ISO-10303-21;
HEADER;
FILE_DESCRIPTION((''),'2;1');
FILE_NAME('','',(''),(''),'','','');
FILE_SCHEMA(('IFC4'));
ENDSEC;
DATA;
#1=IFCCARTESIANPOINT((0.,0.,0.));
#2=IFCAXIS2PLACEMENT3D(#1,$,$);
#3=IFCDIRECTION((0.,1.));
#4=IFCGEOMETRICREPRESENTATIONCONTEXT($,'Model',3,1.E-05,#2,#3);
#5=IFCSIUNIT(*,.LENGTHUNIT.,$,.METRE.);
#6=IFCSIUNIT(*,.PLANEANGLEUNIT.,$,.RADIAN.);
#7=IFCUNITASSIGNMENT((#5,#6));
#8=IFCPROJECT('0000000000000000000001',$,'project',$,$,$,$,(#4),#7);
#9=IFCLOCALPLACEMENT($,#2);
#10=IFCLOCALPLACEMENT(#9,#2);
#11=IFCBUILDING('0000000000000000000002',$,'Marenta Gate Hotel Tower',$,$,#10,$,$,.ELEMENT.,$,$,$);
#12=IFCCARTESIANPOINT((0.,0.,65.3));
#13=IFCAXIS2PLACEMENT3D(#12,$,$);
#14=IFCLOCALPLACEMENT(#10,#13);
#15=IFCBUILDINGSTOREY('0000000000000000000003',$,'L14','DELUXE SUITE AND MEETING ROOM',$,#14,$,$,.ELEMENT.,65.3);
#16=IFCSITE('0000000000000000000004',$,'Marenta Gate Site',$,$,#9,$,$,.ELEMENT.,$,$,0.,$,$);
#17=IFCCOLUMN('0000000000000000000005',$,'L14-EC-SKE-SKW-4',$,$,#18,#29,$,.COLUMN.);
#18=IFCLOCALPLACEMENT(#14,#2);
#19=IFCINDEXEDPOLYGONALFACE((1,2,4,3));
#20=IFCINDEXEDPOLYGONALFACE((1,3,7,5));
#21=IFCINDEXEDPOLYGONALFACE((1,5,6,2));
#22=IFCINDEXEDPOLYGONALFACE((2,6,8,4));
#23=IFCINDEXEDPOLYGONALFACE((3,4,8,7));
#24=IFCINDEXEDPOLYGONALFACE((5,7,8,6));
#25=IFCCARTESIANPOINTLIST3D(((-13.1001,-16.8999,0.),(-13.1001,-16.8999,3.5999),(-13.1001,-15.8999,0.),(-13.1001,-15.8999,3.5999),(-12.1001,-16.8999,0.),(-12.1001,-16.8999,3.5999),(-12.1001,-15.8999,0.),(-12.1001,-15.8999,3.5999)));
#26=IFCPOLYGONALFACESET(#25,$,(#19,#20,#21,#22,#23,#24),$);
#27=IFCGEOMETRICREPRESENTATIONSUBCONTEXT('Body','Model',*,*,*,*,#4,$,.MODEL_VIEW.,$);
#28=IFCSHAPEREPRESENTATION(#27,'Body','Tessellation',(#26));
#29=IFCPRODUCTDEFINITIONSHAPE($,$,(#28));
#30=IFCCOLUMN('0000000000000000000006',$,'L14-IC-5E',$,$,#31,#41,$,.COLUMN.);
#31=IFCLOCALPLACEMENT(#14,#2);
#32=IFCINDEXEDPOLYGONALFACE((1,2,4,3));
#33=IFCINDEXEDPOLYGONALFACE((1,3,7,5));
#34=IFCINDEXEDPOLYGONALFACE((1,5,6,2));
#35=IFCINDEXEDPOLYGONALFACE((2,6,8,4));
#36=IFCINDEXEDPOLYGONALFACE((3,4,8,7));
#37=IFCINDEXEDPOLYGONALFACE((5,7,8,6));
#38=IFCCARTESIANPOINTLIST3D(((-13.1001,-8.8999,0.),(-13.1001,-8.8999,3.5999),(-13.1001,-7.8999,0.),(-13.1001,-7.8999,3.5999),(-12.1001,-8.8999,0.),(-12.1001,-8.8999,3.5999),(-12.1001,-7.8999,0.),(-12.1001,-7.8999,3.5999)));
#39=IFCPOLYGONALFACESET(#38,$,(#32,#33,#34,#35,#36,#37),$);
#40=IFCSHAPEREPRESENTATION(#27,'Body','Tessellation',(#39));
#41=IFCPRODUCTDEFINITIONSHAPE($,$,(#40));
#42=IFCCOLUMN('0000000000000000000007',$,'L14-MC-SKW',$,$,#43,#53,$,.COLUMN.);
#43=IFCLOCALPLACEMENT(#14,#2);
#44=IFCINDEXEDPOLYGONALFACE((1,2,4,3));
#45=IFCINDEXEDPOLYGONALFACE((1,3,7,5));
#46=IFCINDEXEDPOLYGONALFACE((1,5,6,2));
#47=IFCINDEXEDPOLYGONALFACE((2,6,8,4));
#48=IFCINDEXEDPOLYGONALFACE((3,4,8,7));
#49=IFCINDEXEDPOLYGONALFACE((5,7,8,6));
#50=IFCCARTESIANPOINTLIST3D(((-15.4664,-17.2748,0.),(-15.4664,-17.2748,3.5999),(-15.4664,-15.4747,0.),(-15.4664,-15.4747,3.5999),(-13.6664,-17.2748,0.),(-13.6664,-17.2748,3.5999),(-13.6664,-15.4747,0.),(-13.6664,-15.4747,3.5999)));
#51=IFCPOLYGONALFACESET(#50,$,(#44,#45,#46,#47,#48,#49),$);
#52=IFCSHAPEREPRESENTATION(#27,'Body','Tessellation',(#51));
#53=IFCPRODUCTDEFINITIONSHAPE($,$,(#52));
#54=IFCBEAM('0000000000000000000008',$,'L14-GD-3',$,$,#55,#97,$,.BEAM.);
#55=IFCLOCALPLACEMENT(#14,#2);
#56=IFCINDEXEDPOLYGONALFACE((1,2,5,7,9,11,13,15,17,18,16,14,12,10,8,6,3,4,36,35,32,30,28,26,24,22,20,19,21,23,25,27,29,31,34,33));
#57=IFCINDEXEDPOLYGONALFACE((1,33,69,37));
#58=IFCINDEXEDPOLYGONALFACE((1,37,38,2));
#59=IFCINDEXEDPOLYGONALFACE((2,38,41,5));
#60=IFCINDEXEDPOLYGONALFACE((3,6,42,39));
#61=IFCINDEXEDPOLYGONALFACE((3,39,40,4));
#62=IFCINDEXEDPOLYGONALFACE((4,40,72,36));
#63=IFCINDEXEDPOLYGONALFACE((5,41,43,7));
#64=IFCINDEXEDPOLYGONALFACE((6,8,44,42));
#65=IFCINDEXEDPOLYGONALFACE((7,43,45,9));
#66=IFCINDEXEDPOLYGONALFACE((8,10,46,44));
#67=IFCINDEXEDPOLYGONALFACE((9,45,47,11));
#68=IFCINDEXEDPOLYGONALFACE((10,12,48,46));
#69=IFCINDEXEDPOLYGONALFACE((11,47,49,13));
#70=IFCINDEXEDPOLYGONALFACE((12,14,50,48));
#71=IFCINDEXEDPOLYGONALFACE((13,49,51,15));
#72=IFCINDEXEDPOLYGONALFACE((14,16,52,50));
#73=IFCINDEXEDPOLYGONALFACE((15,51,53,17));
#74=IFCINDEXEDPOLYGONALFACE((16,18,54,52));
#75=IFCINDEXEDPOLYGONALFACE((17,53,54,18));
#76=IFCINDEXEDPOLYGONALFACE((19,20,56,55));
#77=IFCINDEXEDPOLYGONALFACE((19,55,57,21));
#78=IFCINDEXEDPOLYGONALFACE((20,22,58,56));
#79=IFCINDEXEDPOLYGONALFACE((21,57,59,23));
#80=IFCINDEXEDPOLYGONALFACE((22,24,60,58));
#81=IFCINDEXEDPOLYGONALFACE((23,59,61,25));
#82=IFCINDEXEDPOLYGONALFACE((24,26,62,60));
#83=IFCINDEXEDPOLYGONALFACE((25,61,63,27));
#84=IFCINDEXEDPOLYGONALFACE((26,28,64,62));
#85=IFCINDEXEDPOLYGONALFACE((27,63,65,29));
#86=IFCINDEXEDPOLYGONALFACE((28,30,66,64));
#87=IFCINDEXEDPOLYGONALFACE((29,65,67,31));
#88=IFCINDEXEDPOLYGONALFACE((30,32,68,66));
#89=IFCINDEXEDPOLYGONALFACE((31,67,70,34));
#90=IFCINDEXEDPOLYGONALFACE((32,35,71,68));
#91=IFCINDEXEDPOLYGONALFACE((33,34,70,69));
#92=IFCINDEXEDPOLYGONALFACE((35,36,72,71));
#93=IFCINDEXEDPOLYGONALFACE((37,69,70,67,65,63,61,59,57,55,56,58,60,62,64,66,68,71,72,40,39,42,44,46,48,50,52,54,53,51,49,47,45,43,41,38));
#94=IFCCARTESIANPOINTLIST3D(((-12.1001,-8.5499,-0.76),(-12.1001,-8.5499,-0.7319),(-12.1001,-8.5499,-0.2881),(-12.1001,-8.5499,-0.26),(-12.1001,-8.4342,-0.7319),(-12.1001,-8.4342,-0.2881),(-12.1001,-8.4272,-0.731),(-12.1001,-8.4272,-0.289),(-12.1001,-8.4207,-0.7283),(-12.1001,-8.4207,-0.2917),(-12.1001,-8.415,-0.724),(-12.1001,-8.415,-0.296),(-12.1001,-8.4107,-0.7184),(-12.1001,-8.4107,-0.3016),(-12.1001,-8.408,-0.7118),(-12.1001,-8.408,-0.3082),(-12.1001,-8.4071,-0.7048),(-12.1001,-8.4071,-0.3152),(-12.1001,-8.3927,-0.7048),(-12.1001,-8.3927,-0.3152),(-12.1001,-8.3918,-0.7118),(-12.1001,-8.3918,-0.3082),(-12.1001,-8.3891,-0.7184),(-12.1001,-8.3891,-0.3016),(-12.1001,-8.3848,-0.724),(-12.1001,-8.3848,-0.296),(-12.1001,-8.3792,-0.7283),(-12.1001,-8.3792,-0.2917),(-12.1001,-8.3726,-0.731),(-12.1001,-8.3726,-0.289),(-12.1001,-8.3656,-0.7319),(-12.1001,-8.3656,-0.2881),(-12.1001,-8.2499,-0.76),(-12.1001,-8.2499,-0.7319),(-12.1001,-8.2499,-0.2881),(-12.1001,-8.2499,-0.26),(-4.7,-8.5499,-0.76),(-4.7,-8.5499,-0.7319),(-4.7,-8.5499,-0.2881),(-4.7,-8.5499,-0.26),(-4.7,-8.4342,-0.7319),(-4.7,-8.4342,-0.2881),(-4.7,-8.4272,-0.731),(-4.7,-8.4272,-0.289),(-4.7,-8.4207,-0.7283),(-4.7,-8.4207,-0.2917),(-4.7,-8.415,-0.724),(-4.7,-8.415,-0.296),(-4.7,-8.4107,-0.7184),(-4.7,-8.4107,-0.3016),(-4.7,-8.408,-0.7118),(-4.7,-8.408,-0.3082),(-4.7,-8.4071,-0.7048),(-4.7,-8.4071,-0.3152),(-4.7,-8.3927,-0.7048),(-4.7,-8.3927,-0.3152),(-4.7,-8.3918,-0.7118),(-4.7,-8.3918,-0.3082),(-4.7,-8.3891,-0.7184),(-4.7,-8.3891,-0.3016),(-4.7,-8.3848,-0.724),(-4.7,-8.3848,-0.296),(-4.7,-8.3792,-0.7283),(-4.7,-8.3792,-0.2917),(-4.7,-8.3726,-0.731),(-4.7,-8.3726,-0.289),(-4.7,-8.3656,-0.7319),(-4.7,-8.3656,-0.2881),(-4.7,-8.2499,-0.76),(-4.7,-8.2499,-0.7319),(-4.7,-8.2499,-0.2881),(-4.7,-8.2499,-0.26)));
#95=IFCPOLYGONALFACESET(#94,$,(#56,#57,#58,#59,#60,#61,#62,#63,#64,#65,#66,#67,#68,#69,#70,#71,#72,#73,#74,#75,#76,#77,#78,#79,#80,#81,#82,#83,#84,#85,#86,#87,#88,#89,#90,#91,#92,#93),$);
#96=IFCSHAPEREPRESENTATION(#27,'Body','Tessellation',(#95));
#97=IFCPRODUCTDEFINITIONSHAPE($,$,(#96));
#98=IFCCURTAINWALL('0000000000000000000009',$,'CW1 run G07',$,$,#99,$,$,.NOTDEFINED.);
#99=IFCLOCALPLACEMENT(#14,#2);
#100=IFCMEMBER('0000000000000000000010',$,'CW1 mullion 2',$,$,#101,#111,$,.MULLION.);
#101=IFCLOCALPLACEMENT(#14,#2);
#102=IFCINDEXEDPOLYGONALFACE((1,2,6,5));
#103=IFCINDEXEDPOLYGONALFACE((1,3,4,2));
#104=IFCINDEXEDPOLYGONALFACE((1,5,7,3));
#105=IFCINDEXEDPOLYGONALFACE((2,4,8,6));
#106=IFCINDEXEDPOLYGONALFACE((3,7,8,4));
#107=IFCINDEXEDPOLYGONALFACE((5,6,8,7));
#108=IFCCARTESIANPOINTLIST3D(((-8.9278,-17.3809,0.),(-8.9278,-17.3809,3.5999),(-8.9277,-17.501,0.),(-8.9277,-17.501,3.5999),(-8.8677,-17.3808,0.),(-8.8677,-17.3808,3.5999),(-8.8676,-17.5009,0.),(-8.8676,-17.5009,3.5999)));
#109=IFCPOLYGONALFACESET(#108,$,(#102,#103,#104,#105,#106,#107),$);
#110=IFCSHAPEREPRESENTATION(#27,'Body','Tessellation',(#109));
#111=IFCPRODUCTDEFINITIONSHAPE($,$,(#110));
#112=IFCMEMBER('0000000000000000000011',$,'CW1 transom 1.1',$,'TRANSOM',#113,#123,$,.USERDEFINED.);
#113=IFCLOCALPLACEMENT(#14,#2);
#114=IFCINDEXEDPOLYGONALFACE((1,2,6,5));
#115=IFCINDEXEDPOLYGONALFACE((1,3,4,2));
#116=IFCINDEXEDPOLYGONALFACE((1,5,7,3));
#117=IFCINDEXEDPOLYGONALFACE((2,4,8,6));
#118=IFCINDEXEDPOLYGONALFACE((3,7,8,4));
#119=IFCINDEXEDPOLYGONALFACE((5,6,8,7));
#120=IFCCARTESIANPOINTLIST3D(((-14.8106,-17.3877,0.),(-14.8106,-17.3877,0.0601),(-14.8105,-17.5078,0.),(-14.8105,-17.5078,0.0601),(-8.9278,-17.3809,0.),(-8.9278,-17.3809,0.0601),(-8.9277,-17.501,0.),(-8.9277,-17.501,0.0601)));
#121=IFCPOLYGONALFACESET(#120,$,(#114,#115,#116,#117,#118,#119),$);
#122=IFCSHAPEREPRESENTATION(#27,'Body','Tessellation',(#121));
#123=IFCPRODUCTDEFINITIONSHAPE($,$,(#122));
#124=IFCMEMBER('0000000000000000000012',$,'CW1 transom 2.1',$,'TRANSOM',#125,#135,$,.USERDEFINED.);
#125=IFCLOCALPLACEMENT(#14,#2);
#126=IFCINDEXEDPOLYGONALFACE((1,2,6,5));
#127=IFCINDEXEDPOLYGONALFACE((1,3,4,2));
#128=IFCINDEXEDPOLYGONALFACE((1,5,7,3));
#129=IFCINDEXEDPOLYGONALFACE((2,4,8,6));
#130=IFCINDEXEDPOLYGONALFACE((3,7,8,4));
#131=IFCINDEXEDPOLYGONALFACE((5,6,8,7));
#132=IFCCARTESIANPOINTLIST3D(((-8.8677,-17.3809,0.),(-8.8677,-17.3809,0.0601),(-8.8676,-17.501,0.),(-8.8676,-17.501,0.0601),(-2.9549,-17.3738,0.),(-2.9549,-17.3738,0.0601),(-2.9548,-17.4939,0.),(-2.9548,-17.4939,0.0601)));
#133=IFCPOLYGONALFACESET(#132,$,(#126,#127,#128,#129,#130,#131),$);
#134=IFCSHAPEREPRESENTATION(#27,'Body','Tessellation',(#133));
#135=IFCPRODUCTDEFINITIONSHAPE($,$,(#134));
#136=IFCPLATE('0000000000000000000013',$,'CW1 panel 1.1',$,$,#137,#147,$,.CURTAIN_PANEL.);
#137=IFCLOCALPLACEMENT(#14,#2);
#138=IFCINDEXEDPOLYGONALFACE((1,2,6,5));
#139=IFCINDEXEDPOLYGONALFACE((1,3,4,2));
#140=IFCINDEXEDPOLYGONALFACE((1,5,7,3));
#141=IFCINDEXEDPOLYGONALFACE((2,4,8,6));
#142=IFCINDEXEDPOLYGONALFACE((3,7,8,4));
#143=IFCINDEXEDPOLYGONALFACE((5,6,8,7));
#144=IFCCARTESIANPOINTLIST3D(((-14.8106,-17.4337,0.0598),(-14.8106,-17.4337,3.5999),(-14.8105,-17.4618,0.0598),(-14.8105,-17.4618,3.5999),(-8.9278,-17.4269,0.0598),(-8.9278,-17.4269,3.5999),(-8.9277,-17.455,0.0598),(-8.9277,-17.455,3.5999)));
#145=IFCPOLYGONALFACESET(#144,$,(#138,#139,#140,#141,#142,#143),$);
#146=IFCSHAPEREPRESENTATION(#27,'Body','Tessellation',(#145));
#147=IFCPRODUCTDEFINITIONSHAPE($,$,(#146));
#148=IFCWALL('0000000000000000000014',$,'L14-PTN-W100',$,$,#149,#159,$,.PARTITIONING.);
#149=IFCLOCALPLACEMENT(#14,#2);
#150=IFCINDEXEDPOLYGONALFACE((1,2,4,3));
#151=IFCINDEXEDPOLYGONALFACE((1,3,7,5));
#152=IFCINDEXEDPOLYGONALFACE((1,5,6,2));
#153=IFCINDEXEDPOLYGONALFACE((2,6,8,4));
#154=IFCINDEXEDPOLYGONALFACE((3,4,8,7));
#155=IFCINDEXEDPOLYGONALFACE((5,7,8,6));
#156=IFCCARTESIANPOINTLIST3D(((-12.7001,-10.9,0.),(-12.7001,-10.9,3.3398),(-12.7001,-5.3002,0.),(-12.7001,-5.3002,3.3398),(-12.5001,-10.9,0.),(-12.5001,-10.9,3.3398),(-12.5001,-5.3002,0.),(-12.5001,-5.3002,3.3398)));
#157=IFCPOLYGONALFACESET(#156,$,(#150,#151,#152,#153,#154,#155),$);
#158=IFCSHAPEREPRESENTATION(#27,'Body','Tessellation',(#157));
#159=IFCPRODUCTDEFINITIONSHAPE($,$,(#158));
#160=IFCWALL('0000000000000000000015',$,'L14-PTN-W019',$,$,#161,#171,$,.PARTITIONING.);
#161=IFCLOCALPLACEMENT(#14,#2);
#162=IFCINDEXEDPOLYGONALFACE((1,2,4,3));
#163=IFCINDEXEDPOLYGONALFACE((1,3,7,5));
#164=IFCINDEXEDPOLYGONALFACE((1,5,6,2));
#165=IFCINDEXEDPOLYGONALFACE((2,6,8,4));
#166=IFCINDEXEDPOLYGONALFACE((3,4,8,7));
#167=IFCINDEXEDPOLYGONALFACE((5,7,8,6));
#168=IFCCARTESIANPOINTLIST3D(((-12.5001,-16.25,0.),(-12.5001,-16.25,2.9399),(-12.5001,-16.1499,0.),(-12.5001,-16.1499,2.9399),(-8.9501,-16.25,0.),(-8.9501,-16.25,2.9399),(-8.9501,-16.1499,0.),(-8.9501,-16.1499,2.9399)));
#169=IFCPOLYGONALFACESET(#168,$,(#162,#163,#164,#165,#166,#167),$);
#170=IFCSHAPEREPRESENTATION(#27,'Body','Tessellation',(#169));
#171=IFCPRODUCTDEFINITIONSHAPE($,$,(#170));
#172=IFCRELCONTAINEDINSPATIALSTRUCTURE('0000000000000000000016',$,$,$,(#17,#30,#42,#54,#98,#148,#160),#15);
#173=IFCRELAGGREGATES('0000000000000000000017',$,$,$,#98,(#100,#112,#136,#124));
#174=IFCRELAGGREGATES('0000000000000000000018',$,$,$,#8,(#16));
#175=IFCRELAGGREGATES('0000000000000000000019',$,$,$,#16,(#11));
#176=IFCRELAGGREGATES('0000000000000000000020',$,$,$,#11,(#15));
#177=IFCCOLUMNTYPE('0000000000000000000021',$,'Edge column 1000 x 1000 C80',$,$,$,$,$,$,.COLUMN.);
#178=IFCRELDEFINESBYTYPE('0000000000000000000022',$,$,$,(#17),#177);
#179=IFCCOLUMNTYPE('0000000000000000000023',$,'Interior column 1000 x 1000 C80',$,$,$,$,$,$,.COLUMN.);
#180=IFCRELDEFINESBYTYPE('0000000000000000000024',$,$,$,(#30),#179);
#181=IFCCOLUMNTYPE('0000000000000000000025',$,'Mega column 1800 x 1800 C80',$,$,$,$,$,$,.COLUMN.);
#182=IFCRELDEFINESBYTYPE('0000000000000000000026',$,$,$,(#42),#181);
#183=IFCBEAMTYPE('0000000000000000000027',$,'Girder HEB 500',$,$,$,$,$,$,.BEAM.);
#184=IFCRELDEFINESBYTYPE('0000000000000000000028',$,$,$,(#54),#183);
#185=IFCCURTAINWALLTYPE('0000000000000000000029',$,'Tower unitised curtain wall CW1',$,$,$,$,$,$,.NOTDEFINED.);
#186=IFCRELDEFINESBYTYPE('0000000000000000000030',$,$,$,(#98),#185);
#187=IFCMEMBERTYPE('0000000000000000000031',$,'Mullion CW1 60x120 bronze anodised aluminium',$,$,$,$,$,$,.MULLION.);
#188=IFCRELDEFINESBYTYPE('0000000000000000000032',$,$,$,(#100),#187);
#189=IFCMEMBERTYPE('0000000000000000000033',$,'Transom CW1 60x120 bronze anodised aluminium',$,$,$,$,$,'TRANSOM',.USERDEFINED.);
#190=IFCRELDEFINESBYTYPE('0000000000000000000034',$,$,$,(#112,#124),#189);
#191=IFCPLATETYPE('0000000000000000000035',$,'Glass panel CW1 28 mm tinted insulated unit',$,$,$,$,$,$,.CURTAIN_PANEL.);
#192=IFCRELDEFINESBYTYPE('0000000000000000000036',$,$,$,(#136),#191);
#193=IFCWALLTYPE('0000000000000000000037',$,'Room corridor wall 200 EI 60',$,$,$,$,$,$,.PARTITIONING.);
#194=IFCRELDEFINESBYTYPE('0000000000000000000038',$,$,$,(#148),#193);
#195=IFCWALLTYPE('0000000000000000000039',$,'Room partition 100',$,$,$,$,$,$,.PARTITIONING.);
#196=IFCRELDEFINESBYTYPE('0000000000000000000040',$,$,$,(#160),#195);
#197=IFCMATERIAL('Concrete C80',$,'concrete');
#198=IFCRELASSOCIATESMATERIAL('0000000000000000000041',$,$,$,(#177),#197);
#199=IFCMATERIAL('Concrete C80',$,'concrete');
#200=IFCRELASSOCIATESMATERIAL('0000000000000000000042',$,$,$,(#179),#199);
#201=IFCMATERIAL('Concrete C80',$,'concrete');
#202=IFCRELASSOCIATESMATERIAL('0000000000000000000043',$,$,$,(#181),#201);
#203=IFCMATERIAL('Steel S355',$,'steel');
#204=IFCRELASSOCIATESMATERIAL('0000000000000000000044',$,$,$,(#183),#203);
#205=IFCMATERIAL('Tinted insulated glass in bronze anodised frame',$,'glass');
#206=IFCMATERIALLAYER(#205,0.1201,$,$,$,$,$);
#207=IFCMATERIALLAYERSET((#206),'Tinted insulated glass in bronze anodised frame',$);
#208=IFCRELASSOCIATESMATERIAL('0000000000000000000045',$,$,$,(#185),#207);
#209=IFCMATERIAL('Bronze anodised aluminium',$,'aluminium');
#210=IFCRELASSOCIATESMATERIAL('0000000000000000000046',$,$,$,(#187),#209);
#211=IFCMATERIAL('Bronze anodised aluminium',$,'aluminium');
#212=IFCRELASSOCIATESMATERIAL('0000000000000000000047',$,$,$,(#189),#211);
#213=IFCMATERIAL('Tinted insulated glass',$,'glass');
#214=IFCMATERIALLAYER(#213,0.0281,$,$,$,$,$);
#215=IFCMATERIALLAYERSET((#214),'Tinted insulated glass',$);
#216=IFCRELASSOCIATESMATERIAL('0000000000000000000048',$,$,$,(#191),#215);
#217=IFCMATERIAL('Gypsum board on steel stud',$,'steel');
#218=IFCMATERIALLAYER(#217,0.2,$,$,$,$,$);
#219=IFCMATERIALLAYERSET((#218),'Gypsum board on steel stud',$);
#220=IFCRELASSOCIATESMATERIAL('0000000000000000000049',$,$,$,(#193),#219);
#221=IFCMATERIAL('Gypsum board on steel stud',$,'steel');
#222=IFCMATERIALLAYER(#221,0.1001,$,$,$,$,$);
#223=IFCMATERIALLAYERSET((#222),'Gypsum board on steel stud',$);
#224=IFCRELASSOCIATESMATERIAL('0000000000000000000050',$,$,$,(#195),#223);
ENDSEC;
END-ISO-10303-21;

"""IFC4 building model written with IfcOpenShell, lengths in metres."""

from ifc_helpers import new_model, si_unit, direction, frame, frame_2d, origin, origin_2d, place, context, subcontext, project, spatial, rectangle, i_section, extrude, material, layer, layer_set, material_profile, profile_set, type_object, element, aggregate, save


model = new_model("IFC4")

# Units and contexts
model_context = context("Model", 3, precision=1e-05, world=origin(), true_north=direction((0.0, 1.0)))
body_context = subcontext(model_context, "Body", "Model", "MODEL_VIEW")
ifc_project = project(units=[si_unit("LENGTHUNIT", "METRE"), si_unit("PLANEANGLEUNIT", "RADIAN")], contexts=[model_context])

# Site, building, storey
site_placement = place(None, origin())
site = spatial("IfcSite", under=ifc_project, at=site_placement, Name="Marenta Gate Site", CompositionType="ELEMENT", RefElevation=0.0)
building_placement = place(site_placement, origin())
building = spatial("IfcBuilding", under=site, at=building_placement, Name="Marenta Gate Hotel Tower", CompositionType="ELEMENT")
storey_placement = place(building_placement, frame((0.0, 0.0, 65.3)))
storey = spatial("IfcBuildingStorey", under=building, at=storey_placement, Name="L14", Description="DELUXE SUITE AND MEETING ROOM", CompositionType="ELEMENT", Elevation=65.3)

# Columns
ifc_material_1 = material(Name="Concrete C80", Category="concrete")
ifc_material_profile_1 = material_profile(ifc_material_1, rectangle(XDim=1.0, YDim=1.0, at=origin_2d()), Name="1000 x 1000")
ifc_profile_set_1 = profile_set([ifc_material_profile_1], Name="Concrete C80")
column_type_1 = type_object("IfcColumnType", Name="Edge column 1000 x 1000 C80", PredefinedType="COLUMN", material=ifc_profile_set_1)
column_1_placement = place(storey_placement, frame((-12.6001, -16.3999, 0.0), z_axis=(0.0, 0.0, 1.0), x_axis=(1.0, 0.0, 0.0)))
element("IfcColumn", 1, at=column_1_placement, inside=storey, type_object=column_type_1, Name="L14-EC-SKE-SKW-4", PredefinedType="COLUMN", context=body_context, shape_type="SweptSolid", body=[
    extrude(rectangle(XDim=1.0, YDim=1.0, at=origin_2d()), origin(), (0.0, 0.0, 1.0), 3.5999),
])
ifc_material_2 = material(Name="Concrete C80", Category="concrete")
ifc_material_profile_2 = material_profile(ifc_material_2, rectangle(XDim=1.0, YDim=1.0, at=origin_2d()), Name="1000 x 1000")
ifc_profile_set_2 = profile_set([ifc_material_profile_2], Name="Concrete C80")
column_type_2 = type_object("IfcColumnType", Name="Interior column 1000 x 1000 C80", PredefinedType="COLUMN", material=ifc_profile_set_2)
column_2_placement = place(storey_placement, frame((-12.6001, -8.3999, 0.0), z_axis=(0.0, 0.0, 1.0), x_axis=(1.0, 0.0, 0.0)))
element("IfcColumn", 2, at=column_2_placement, inside=storey, type_object=column_type_2, Name="L14-IC-5E", PredefinedType="COLUMN", context=body_context, shape_type="SweptSolid", body=[
    extrude(rectangle(XDim=1.0, YDim=1.0, at=origin_2d()), origin(), (0.0, 0.0, 1.0), 3.5999),
])
ifc_material_3 = material(Name="Concrete C80", Category="concrete")
ifc_material_profile_3 = material_profile(ifc_material_3, rectangle(XDim=1.8, YDim=1.8, at=origin_2d()), Name="1800 x 1800")
ifc_profile_set_3 = profile_set([ifc_material_profile_3], Name="Concrete C80")
column_type_3 = type_object("IfcColumnType", Name="Mega column 1800 x 1800 C80", PredefinedType="COLUMN", material=ifc_profile_set_3)
column_3_placement = place(storey_placement, frame((-14.5664, -16.3748, 0.0), z_axis=(0.0, 0.0, 1.0), x_axis=(1.0, 0.0, 0.0)))
element("IfcColumn", 3, at=column_3_placement, inside=storey, type_object=column_type_3, Name="L14-MC-SKW", PredefinedType="COLUMN", context=body_context, shape_type="SweptSolid", body=[
    extrude(rectangle(XDim=1.8, YDim=1.8, at=origin_2d()), origin(), (0.0, 0.0, 1.0), 3.5999),
])

# Beam
ifc_material_4 = material(Name="Steel S355", Category="steel")
ifc_material_profile_4 = material_profile(ifc_material_4, i_section(OverallWidth=0.3, OverallDepth=0.5, WebThickness=0.0144, FlangeThickness=0.0281, FilletRadius=0.0271, at=origin_2d()), Name="HEB 500")
ifc_profile_set_4 = profile_set([ifc_material_profile_4], Name="Steel S355")
beam_type = type_object("IfcBeamType", Name="Girder HEB 500", PredefinedType="BEAM", material=ifc_profile_set_4)
beam_placement = place(storey_placement, frame((-12.1001, -8.3999, -0.51), z_axis=(1.0, 0.0, 0.0), x_axis=(0.0, 1.0, 0.0)))
element("IfcBeam", 4, at=beam_placement, inside=storey, type_object=beam_type, Name="L14-GD-3", PredefinedType="BEAM", context=body_context, shape_type="SweptSolid", body=[
    extrude(i_section(OverallWidth=0.3, OverallDepth=0.5, WebThickness=0.0144, FlangeThickness=0.0281, FilletRadius=0.0271, at=origin_2d()), origin(), (0.0, 0.0, 1.0), 7.4001),
])

# Curtain wall, members, plate
ifc_material_5 = material(Name="Tinted insulated glass in bronze anodised frame", Category="glass")
ifc_layer_1 = layer(ifc_material_5, 0.1201)
ifc_layer_set_1 = layer_set([ifc_layer_1], Name="Tinted insulated glass in bronze anodised frame")
curtain_wall_type = type_object("IfcCurtainWallType", Name="Tower unitised curtain wall CW1", PredefinedType="NOTDEFINED", material=ifc_layer_set_1)
curtain_wall_placement = place(storey_placement, origin())
curtain_wall = element("IfcCurtainWall", 5, at=curtain_wall_placement, inside=storey, type_object=curtain_wall_type, Name="CW1 run G07", PredefinedType="NOTDEFINED")
ifc_material_6 = material(Name="Bronze anodised aluminium", Category="aluminium")
ifc_material_profile_5 = material_profile(ifc_material_6, rectangle(XDim=0.1201, YDim=0.0601, at=origin_2d()), Name="Mullion CW1 60x120 bronze anodised aluminium")
ifc_profile_set_5 = profile_set([ifc_material_profile_5], Name="Bronze anodised aluminium")
member_type_1 = type_object("IfcMemberType", Name="Mullion CW1 60x120 bronze anodised aluminium", PredefinedType="MULLION", material=ifc_profile_set_5)
member_1_placement = place(storey_placement, frame((-8.8977, -17.4409, 0.0), z_axis=(0.0, 0.0, 1.0), x_axis=(-0.001162, 0.999999, 0.0)))
member_1 = element("IfcMember", 6, at=member_1_placement, type_object=member_type_1, Name="CW1 mullion 2", PredefinedType="MULLION", context=body_context, shape_type="SweptSolid", body=[
    extrude(rectangle(XDim=0.1201, YDim=0.0601, at=origin_2d()), origin(), (0.0, 0.0, 1.0), 3.5999),
])
ifc_material_7 = material(Name="Bronze anodised aluminium", Category="aluminium")
ifc_material_profile_6 = material_profile(ifc_material_7, rectangle(XDim=0.1201, YDim=0.0601, at=origin_2d()), Name="Transom CW1 60x120 bronze anodised aluminium")
ifc_profile_set_6 = profile_set([ifc_material_profile_6], Name="Bronze anodised aluminium")
member_type_2 = type_object("IfcMemberType", Name="Transom CW1 60x120 bronze anodised aluminium", ElementType="TRANSOM", PredefinedType="USERDEFINED", material=ifc_profile_set_6)
member_2_placement = place(storey_placement, frame((-14.8105, -17.4478, 0.03), z_axis=(0.999999, 0.001162, 0.0), x_axis=(-0.001162, 0.999999, 0.0)))
member_2 = element("IfcMember", 7, at=member_2_placement, type_object=member_type_2, Name="CW1 transom 1.1", ObjectType="TRANSOM", PredefinedType="USERDEFINED", context=body_context, shape_type="SweptSolid", body=[
    extrude(rectangle(XDim=0.1201, YDim=0.0601, at=origin_2d()), origin(), (0.0, 0.0, 1.0), 5.8828),
])
member_3_placement = place(storey_placement, frame((-8.8677, -17.4409, 0.03), z_axis=(0.999999, 0.001197, 0.0), x_axis=(-0.001197, 0.999999, 0.0)))
member_3 = element("IfcMember", 8, at=member_3_placement, type_object=member_type_2, Name="CW1 transom 2.1", ObjectType="TRANSOM", PredefinedType="USERDEFINED", context=body_context, shape_type="SweptSolid", body=[
    extrude(rectangle(XDim=0.1201, YDim=0.0601, at=origin_2d()), origin(), (0.0, 0.0, 1.0), 5.9128),
])
ifc_material_8 = material(Name="Tinted insulated glass", Category="glass")
ifc_layer_2 = layer(ifc_material_8, 0.0281)
ifc_layer_set_2 = layer_set([ifc_layer_2], Name="Tinted insulated glass")
plate_type = type_object("IfcPlateType", Name="Glass panel CW1 28 mm tinted insulated unit", PredefinedType="CURTAIN_PANEL", material=ifc_layer_set_2)
plate_placement = place(storey_placement, frame((-11.8691, -17.4443, 0.0598), z_axis=(0.0, 0.0, 1.0), x_axis=(0.999999, 0.001162, 0.0)))
plate = element("IfcPlate", 9, at=plate_placement, type_object=plate_type, Name="CW1 panel 1.1", PredefinedType="CURTAIN_PANEL", context=body_context, shape_type="SweptSolid", body=[
    extrude(rectangle(XDim=5.8828, YDim=0.0281, at=origin_2d()), origin(), (0.0, 0.0, 1.0), 3.54),
])
aggregate(curtain_wall, [member_1, member_2, plate, member_3])

# Wall
ifc_material_9 = material(Name="Gypsum board on steel stud", Category="steel")
ifc_layer_3 = layer(ifc_material_9, 0.2)
ifc_layer_set_3 = layer_set([ifc_layer_3], Name="Gypsum board on steel stud")
wall_type_1 = type_object("IfcWallType", Name="Room corridor wall 200 EI 60", PredefinedType="PARTITIONING", material=ifc_layer_set_3)
wall_1_placement = place(storey_placement, frame((-12.6001, -10.8999, 0.0), z_axis=(0.0, 0.0, 1.0), x_axis=(0.0, 1.0, 0.0)))
element("IfcWall", 10, at=wall_1_placement, inside=storey, type_object=wall_type_1, Name="L14-PTN-W100", PredefinedType="PARTITIONING", context=body_context, shape_type="SweptSolid", body=[
    extrude(rectangle(XDim=5.5999, YDim=0.2, at=frame_2d((2.7998, 0.0))), origin(), (0.0, 0.0, 1.0), 3.3398),
])

# Wall
ifc_material_10 = material(Name="Gypsum board on steel stud", Category="steel")
ifc_layer_4 = layer(ifc_material_10, 0.1001)
ifc_layer_set_4 = layer_set([ifc_layer_4], Name="Gypsum board on steel stud")
wall_type_2 = type_object("IfcWallType", Name="Room partition 100", PredefinedType="PARTITIONING", material=ifc_layer_set_4)
wall_2_placement = place(storey_placement, frame((-12.5, -16.2, 0.0), z_axis=(0.0, 0.0, 1.0), x_axis=(1.0, 0.0, 0.0)))
element("IfcWall", 11, at=wall_2_placement, inside=storey, type_object=wall_type_2, Name="L14-PTN-W019", PredefinedType="PARTITIONING", context=body_context, shape_type="SweptSolid", body=[
    extrude(rectangle(XDim=3.55, YDim=0.1001, at=frame_2d((1.7749, 0.0))), origin(), (0.0, 0.0, 1.0), 2.9399),
])

save(model, "model.ifc")
